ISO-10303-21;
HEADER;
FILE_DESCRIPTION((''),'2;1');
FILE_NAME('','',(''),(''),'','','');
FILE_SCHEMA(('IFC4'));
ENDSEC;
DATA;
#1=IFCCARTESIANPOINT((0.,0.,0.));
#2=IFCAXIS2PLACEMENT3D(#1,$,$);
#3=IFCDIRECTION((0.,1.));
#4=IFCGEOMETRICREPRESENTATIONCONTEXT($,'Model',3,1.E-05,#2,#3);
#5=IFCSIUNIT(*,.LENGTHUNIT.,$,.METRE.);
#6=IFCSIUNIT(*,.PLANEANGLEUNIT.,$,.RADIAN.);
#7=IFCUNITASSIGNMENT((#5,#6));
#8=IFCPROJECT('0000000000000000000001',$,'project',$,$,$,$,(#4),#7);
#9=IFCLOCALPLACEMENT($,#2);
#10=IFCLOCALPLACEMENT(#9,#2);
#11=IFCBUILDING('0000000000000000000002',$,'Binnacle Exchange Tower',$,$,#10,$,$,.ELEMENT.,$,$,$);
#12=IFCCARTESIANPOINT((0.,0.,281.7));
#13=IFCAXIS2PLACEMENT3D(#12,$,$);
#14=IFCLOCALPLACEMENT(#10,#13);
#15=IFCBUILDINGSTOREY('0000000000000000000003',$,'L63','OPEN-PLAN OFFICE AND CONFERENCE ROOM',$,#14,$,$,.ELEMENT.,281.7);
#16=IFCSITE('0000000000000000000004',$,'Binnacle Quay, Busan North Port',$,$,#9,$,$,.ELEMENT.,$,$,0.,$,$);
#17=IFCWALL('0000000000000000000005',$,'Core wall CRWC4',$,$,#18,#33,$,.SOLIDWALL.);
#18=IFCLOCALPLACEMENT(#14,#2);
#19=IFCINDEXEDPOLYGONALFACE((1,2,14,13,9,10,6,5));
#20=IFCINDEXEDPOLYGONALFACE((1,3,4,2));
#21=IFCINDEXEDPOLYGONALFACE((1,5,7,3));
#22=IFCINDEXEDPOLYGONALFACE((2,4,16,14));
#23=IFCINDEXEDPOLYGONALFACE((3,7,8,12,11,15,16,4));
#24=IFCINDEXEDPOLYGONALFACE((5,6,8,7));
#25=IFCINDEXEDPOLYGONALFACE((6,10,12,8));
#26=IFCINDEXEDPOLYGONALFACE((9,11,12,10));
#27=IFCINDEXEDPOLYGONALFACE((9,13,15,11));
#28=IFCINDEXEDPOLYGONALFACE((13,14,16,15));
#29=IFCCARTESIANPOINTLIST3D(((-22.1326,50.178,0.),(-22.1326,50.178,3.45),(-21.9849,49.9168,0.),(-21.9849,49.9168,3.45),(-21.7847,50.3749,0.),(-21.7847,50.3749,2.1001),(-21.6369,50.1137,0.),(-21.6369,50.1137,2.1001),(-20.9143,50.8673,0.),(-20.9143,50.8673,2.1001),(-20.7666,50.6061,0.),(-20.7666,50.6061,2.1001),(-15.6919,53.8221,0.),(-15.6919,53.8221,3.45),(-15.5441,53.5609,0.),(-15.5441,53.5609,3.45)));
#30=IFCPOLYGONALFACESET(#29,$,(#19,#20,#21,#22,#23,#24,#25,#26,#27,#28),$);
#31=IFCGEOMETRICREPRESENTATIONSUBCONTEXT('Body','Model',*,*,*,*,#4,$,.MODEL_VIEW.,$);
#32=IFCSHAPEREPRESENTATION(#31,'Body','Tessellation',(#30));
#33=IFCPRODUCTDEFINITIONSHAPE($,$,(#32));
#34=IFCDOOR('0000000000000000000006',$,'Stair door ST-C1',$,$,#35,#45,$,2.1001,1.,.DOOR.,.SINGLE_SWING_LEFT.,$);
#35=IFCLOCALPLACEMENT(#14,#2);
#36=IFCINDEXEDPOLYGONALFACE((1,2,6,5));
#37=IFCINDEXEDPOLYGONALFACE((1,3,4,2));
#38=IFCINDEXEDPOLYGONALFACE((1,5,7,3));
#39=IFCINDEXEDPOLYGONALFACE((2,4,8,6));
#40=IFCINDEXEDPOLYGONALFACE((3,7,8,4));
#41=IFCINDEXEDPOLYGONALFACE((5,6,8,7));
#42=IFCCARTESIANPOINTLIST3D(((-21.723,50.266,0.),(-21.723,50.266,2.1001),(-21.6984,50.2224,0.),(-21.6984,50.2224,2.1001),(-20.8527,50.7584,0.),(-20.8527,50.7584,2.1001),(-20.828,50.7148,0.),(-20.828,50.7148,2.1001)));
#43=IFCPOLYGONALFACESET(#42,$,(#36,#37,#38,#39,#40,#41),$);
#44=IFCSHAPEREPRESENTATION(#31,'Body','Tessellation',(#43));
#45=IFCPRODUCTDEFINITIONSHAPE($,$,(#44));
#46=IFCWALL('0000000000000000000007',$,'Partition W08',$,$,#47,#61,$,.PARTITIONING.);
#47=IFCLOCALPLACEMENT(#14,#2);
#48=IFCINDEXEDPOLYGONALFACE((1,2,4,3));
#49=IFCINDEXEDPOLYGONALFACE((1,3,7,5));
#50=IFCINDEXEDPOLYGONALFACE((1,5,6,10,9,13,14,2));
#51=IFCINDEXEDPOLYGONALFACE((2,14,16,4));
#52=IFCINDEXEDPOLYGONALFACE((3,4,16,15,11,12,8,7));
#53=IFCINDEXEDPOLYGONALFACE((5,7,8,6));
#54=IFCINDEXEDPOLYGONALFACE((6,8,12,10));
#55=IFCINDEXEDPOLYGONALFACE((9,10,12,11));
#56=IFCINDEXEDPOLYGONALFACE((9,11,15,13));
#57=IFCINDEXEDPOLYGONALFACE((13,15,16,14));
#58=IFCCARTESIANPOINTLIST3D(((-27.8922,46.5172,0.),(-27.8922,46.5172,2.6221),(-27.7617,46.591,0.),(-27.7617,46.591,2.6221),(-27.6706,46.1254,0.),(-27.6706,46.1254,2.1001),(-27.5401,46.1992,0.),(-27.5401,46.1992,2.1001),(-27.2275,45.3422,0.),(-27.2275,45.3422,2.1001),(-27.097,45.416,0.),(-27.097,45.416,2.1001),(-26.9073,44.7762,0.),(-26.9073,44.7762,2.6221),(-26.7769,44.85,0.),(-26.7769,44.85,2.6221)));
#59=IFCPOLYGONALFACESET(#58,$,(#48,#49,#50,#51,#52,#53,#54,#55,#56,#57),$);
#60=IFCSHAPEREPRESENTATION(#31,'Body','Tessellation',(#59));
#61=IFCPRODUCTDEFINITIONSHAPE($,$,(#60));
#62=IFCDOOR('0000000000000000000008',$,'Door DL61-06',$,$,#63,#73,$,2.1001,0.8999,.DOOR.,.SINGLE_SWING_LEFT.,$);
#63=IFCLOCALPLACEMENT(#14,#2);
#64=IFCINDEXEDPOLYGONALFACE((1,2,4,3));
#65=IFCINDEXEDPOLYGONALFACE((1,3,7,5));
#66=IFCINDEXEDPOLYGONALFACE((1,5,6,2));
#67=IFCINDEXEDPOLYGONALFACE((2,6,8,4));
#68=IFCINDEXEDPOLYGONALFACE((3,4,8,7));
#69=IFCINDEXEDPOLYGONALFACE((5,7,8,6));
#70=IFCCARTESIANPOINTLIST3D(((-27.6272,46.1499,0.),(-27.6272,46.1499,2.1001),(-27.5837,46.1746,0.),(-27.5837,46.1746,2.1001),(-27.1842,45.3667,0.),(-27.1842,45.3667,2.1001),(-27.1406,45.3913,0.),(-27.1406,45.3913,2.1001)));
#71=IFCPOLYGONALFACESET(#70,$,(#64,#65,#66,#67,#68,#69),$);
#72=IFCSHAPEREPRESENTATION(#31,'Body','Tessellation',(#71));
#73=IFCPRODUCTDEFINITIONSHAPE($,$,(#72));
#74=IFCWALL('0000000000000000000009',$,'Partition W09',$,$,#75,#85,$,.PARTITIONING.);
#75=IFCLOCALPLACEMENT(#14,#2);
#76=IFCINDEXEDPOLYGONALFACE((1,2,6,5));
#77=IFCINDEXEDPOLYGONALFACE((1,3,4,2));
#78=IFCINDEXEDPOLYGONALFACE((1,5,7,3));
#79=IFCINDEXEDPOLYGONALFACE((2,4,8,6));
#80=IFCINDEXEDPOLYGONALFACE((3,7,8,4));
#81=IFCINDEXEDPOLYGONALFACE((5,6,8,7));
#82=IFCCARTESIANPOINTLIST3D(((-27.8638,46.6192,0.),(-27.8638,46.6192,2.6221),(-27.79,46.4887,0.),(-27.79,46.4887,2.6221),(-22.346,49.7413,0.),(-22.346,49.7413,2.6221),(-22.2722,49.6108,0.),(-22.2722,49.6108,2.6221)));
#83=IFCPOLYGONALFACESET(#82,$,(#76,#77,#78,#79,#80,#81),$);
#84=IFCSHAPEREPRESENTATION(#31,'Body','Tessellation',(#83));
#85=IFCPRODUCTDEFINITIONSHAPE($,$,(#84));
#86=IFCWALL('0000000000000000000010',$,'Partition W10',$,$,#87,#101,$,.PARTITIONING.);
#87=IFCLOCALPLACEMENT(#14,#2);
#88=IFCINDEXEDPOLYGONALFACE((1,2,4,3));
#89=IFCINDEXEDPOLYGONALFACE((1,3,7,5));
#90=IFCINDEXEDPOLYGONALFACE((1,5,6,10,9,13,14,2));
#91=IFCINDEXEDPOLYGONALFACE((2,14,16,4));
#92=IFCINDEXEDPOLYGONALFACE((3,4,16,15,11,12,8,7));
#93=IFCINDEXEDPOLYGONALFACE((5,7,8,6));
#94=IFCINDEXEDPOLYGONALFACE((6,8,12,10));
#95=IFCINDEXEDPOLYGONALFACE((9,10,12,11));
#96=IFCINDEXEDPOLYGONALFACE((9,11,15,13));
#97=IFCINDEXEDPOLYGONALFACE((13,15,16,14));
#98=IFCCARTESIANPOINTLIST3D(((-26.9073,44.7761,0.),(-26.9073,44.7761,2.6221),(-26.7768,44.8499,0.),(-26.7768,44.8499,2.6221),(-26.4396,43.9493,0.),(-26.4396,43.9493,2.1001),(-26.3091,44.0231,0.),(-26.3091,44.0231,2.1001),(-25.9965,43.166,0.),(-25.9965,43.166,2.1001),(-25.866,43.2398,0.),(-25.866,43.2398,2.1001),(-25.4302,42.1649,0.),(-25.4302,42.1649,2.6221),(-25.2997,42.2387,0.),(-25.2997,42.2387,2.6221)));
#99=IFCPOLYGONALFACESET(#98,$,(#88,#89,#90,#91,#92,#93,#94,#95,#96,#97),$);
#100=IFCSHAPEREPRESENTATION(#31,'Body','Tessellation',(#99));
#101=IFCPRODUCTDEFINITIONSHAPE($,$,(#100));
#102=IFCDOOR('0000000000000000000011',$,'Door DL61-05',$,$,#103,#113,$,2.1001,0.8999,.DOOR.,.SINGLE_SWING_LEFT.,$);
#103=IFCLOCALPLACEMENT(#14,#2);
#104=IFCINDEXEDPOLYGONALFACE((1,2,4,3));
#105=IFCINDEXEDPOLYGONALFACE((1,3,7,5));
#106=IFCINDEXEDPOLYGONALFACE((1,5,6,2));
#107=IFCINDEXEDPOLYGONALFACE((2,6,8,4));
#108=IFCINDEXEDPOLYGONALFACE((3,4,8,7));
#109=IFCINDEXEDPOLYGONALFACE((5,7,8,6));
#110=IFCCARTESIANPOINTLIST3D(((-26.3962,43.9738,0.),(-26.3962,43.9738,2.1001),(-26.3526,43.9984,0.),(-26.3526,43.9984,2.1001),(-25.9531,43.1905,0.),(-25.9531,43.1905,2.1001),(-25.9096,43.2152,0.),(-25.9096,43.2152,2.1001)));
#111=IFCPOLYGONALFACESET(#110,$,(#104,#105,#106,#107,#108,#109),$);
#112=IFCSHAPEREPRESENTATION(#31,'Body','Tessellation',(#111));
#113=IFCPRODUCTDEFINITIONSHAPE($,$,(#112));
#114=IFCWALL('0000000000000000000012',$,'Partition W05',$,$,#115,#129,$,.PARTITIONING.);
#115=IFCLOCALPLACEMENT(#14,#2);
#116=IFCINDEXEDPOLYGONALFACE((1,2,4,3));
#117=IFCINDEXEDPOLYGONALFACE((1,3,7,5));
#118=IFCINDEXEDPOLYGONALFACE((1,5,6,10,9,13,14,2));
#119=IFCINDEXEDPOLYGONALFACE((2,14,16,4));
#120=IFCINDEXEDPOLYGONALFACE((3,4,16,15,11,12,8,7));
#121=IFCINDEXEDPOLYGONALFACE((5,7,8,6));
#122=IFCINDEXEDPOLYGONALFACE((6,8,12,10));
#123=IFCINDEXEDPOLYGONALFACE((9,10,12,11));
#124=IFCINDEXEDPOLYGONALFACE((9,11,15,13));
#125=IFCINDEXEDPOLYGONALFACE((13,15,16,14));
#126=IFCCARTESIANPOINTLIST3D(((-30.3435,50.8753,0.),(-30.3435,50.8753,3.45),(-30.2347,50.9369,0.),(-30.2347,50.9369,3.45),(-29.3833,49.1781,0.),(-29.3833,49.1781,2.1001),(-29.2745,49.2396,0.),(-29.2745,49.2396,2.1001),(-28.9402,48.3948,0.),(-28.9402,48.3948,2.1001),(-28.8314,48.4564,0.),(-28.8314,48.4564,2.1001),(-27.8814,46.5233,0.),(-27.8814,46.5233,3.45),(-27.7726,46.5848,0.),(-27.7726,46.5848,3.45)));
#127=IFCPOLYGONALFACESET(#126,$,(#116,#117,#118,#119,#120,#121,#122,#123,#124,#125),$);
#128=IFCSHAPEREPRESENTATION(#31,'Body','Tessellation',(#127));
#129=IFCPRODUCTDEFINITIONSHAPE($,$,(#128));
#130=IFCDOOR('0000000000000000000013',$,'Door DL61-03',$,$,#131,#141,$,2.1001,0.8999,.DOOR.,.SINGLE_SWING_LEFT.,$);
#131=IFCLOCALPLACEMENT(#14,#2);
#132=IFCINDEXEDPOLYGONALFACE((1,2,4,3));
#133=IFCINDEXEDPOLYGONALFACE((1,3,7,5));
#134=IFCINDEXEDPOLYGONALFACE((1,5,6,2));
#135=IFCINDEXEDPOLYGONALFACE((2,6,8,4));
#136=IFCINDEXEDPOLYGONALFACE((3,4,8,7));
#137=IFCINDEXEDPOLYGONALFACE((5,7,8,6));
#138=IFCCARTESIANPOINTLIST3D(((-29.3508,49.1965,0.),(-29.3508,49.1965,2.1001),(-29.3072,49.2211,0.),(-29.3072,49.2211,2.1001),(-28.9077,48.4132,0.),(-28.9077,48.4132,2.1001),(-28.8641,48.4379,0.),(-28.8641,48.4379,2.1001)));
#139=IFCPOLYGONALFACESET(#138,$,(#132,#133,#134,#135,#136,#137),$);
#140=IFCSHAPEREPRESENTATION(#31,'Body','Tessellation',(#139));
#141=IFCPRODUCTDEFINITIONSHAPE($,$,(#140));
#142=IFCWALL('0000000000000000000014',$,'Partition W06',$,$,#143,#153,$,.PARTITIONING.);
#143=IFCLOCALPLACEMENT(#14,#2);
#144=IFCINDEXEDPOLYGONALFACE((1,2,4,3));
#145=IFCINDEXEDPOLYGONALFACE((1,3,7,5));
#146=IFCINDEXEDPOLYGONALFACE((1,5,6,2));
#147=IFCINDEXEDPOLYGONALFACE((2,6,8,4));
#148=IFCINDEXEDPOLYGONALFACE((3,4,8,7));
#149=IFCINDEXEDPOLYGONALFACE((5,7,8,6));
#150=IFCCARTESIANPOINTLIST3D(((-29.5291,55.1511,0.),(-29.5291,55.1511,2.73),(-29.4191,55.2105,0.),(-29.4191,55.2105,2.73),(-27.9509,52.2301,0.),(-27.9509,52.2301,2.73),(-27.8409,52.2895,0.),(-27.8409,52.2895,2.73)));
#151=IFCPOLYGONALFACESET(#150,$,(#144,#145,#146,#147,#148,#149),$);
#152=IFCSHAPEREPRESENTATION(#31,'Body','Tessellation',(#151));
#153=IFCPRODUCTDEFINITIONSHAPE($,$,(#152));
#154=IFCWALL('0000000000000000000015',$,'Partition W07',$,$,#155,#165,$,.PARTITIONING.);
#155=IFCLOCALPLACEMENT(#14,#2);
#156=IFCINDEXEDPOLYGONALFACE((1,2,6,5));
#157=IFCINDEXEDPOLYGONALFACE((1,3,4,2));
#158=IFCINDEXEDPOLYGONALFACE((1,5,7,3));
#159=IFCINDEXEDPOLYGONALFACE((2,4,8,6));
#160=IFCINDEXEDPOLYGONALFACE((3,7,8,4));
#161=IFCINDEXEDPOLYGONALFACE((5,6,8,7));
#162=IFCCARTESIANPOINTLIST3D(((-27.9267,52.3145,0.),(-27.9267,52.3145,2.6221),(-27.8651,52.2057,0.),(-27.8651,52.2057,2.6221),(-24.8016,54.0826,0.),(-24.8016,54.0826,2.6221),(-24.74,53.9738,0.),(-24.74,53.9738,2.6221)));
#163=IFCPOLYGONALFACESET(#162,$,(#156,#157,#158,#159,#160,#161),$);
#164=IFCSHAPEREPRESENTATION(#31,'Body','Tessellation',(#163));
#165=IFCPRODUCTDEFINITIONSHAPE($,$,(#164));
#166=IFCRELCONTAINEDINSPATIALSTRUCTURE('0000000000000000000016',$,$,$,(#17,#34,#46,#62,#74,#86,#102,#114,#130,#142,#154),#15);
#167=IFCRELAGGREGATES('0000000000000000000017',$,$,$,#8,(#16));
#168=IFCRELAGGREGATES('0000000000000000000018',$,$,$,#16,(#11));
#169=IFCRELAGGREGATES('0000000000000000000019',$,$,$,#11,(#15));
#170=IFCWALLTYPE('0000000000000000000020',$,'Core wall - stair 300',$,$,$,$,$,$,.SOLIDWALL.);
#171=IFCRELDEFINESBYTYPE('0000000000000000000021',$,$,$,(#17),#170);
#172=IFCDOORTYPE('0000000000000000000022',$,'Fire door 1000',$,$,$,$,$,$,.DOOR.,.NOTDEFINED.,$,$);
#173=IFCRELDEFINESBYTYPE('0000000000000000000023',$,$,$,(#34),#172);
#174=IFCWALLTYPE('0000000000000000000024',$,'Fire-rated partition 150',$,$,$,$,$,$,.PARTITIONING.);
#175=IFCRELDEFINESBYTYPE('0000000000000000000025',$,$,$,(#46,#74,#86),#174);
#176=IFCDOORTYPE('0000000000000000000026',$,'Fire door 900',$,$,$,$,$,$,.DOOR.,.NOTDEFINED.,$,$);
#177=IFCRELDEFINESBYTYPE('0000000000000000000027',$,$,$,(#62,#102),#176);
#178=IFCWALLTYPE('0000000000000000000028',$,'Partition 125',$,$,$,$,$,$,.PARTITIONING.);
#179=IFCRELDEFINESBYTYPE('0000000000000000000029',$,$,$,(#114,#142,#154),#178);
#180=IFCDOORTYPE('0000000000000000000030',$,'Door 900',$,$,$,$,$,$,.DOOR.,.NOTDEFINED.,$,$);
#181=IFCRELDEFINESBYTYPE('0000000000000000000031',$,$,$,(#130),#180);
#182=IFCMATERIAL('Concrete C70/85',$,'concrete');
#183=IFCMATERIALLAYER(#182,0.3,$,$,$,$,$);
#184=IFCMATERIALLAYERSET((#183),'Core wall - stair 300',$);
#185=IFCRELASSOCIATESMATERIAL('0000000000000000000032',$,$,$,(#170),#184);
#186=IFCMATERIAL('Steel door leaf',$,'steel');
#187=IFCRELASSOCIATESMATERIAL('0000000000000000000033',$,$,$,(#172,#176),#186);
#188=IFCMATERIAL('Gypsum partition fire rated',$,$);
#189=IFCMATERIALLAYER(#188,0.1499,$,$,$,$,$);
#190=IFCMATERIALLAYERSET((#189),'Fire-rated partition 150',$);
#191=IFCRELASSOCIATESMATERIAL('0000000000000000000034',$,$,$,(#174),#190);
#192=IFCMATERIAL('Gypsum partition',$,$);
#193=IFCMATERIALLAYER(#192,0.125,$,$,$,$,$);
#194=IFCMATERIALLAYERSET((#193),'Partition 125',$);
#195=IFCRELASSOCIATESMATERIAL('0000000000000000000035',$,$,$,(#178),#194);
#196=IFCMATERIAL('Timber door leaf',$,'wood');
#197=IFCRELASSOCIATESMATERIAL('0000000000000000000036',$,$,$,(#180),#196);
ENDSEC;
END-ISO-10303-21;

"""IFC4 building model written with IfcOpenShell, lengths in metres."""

from ifc_helpers import new_model, si_unit, direction, frame, frame_2d, origin, place, context, subcontext, project, spatial, rectangle, extrude, material, layer, layer_set, type_object, element, fill, save


model = new_model("IFC4")

# Units and contexts
model_context = context("Model", 3, precision=1e-05, world=origin(), true_north=direction((0.0, 1.0)))
body_context = subcontext(model_context, "Body", "Model", "MODEL_VIEW")
ifc_project = project(units=[si_unit("LENGTHUNIT", "METRE"), si_unit("PLANEANGLEUNIT", "RADIAN")], contexts=[model_context])

# Site, building, storey
site_placement = place(None, origin())
site = spatial("IfcSite", under=ifc_project, at=site_placement, Name="Binnacle Quay, Busan North Port", CompositionType="ELEMENT", RefElevation=0.0)
building_placement = place(site_placement, origin())
building = spatial("IfcBuilding", under=site, at=building_placement, Name="Binnacle Exchange Tower", CompositionType="ELEMENT")
storey_placement = place(building_placement, frame((0.0, 0.0, 281.7)))
storey = spatial("IfcBuildingStorey", under=building, at=storey_placement, Name="L63", Description="OPEN-PLAN OFFICE AND CONFERENCE ROOM", CompositionType="ELEMENT", Elevation=281.7)

# Shared definitions
ifc_material_1 = material(Name="Concrete C70/85", Category="concrete")

# Walls, openings, doors
ifc_layer_1 = layer(ifc_material_1, 0.3)
ifc_layer_set_1 = layer_set([ifc_layer_1], Name="Core wall - stair 300")
wall_type_1 = type_object("IfcWallType", Name="Core wall - stair 300", PredefinedType="SOLIDWALL", material=ifc_layer_set_1)
wall_1_placement = place(storey_placement, frame((-22.0588, 50.0474, 0.0), z_axis=(0.0, 0.0, 1.0), x_axis=(0.870351, 0.492432, 0.0)))
wall_1 = element("IfcWall", 1, at=wall_1_placement, inside=storey, type_object=wall_type_1, Name="Core wall CRWC4", PredefinedType="SOLIDWALL", context=body_context, shape_type="SweptSolid", body=[
    extrude(rectangle(XDim=7.4001, YDim=0.3, at=frame_2d((3.7002, 0.0))), origin(), (0.0, 0.0, 1.0), 3.45),
])
opening_1_placement = place(wall_1_placement, frame((0.3999, 0.0, 0.0)))
opening_1 = element("IfcOpeningElement", 2, at=opening_1_placement, cuts=wall_1, PredefinedType="OPENING", context=body_context, shape_type="SweptSolid", body=[
    extrude(rectangle(XDim=1.0, YDim=2.1001, at=frame_2d((0.5, 1.05))), frame((0.0, 0.1599, 0.0), z_axis=(0.0, -1.0, 0.0), x_axis=(1.0, 0.0, 0.0)), (0.0, 0.0, 1.0), 0.3201),
])
ifc_material_2 = material(Name="Steel door leaf", Category="steel")
door_type_1 = type_object("IfcDoorType", Name="Fire door 1000", OperationType="NOTDEFINED", PredefinedType="DOOR", material=ifc_material_2)
door_1_placement = place(opening_1_placement, origin())
door_1 = element("IfcDoor", 3, at=door_1_placement, inside=storey, type_object=door_type_1, Name="Stair door ST-C1", OperationType="SINGLE_SWING_LEFT", OverallHeight=2.1001, OverallWidth=1.0, PredefinedType="DOOR", context=body_context, shape_type="SweptSolid", body=[
    extrude(rectangle(XDim=1.0, YDim=2.1001, at=frame_2d((0.5, 1.05))), frame((0.0, 0.0249, 0.0), z_axis=(0.0, -1.0, 0.0), x_axis=(1.0, 0.0, 0.0)), (0.0, 0.0, 1.0), 0.05),
])
fill(opening_1, door_1)
ifc_material_3 = material(Name="Gypsum partition fire rated")
ifc_layer_2 = layer(ifc_material_3, 0.1499)
ifc_layer_set_2 = layer_set([ifc_layer_2], Name="Fire-rated partition 150")
wall_type_2 = type_object("IfcWallType", Name="Fire-rated partition 150", PredefinedType="PARTITIONING", material=ifc_layer_set_2)
wall_2_placement = place(storey_placement, frame((-27.8269, 46.554, 0.0), z_axis=(0.0, 0.0, 1.0), x_axis=(0.492375, -0.870383, 0.0)))
wall_2 = element("IfcWall", 4, at=wall_2_placement, inside=storey, type_object=wall_type_2, Name="Partition W08", PredefinedType="PARTITIONING", context=body_context, shape_type="SweptSolid", body=[
    extrude(rectangle(XDim=2.0002, YDim=0.1499, at=frame_2d((1.0, 0.0))), origin(), (0.0, 0.0, 1.0), 2.6221),
])
opening_2_placement = place(wall_2_placement, frame((0.45, 0.0, 0.0)))
opening_2 = element("IfcOpeningElement", 5, at=opening_2_placement, cuts=wall_2, PredefinedType="OPENING", context=body_context, shape_type="SweptSolid", body=[
    extrude(rectangle(XDim=0.8999, YDim=2.1001, at=frame_2d((0.45, 1.05))), frame((0.0, 0.085, 0.0), z_axis=(0.0, -1.0, 0.0), x_axis=(1.0, 0.0, 0.0)), (0.0, 0.0, 1.0), 0.1699),
])
door_type_2 = type_object("IfcDoorType", Name="Fire door 900", OperationType="NOTDEFINED", PredefinedType="DOOR", material=ifc_material_2)
door_2_placement = place(opening_2_placement, origin())
door_2 = element("IfcDoor", 6, at=door_2_placement, inside=storey, type_object=door_type_2, Name="Door DL61-06", OperationType="SINGLE_SWING_LEFT", OverallHeight=2.1001, OverallWidth=0.8999, PredefinedType="DOOR", context=body_context, shape_type="SweptSolid", body=[
    extrude(rectangle(XDim=0.8999, YDim=2.1001, at=frame_2d((0.45, 1.05))), frame((0.0, 0.0249, 0.0), z_axis=(0.0, -1.0, 0.0), x_axis=(1.0, 0.0, 0.0)), (0.0, 0.0, 1.0), 0.05),
])
fill(opening_2, door_2)

# Wall
wall_3_placement = place(storey_placement, frame((-27.8269, 46.554, 0.0), z_axis=(0.0, 0.0, 1.0), x_axis=(0.87034, 0.492452, 0.0)))
element("IfcWall", 7, at=wall_3_placement, inside=storey, type_object=wall_type_2, Name="Partition W09", PredefinedType="PARTITIONING", context=body_context, shape_type="SweptSolid", body=[
    extrude(rectangle(XDim=6.3398, YDim=0.1499, at=frame_2d((3.1699, 0.0))), origin(), (0.0, 0.0, 1.0), 2.6221),
])

# Walls, openings, doors
wall_4_placement = place(storey_placement, frame((-26.842, 44.813, 0.0), z_axis=(0.0, 0.0, 1.0), x_axis=(0.492366, -0.870388, 0.0)))
wall_4 = element("IfcWall", 8, at=wall_4_placement, inside=storey, type_object=wall_type_2, Name="Partition W10", PredefinedType="PARTITIONING", context=body_context, shape_type="SweptSolid", body=[
    extrude(rectangle(XDim=3.0, YDim=0.1499, at=frame_2d((1.5, 0.0))), origin(), (0.0, 0.0, 1.0), 2.6221),
])
opening_3_placement = place(wall_4_placement, frame((0.95, 0.0, 0.0)))
opening_3 = element("IfcOpeningElement", 9, at=opening_3_placement, cuts=wall_4, PredefinedType="OPENING", context=body_context, shape_type="SweptSolid", body=[
    extrude(rectangle(XDim=0.8999, YDim=2.1001, at=frame_2d((0.45, 1.05))), frame((0.0, 0.085, 0.0), z_axis=(0.0, -1.0, 0.0), x_axis=(1.0, 0.0, 0.0)), (0.0, 0.0, 1.0), 0.1699),
])
door_3_placement = place(opening_3_placement, origin())
door_3 = element("IfcDoor", 10, at=door_3_placement, inside=storey, type_object=door_type_2, Name="Door DL61-05", OperationType="SINGLE_SWING_LEFT", OverallHeight=2.1001, OverallWidth=0.8999, PredefinedType="DOOR", context=body_context, shape_type="SweptSolid", body=[
    extrude(rectangle(XDim=0.8999, YDim=2.1001, at=frame_2d((0.45, 1.05))), frame((0.0, 0.0249, 0.0), z_axis=(0.0, -1.0, 0.0), x_axis=(1.0, 0.0, 0.0)), (0.0, 0.0, 1.0), 0.05),
])
fill(opening_3, door_3)
ifc_material_4 = material(Name="Gypsum partition")
ifc_layer_3 = layer(ifc_material_4, 0.125)
ifc_layer_set_3 = layer_set([ifc_layer_3], Name="Partition 125")
wall_type_3 = type_object("IfcWallType", Name="Partition 125", PredefinedType="PARTITIONING", material=ifc_layer_set_3)
wall_5_placement = place(storey_placement, frame((-30.2891, 50.906, 0.0), z_axis=(0.0, 0.0, 1.0), x_axis=(0.492406, -0.870365, 0.0)))
wall_5 = element("IfcWall", 11, at=wall_5_placement, inside=storey, type_object=wall_type_3, Name="Partition W05", PredefinedType="PARTITIONING", context=body_context, shape_type="SweptSolid", body=[
    extrude(rectangle(XDim=5.0002, YDim=0.125, at=frame_2d((2.5, 0.0))), origin(), (0.0, 0.0, 1.0), 3.45),
])
opening_4_placement = place(wall_5_placement, frame((1.95, 0.0, 0.0)))
opening_4 = element("IfcOpeningElement", 12, at=opening_4_placement, cuts=wall_5, PredefinedType="OPENING", context=body_context, shape_type="SweptSolid", body=[
    extrude(rectangle(XDim=0.8999, YDim=2.1001, at=frame_2d((0.45, 1.05))), frame((0.0, 0.0725, 0.0), z_axis=(0.0, -1.0, 0.0), x_axis=(1.0, 0.0, 0.0)), (0.0, 0.0, 1.0), 0.145),
])
ifc_material_5 = material(Name="Timber door leaf", Category="wood")
door_type_3 = type_object("IfcDoorType", Name="Door 900", OperationType="NOTDEFINED", PredefinedType="DOOR", material=ifc_material_5)
door_4_placement = place(opening_4_placement, origin())
door_4 = element("IfcDoor", 13, at=door_4_placement, inside=storey, type_object=door_type_3, Name="Door DL61-03", OperationType="SINGLE_SWING_LEFT", OverallHeight=2.1001, OverallWidth=0.8999, PredefinedType="DOOR", context=body_context, shape_type="SweptSolid", body=[
    extrude(rectangle(XDim=0.8999, YDim=2.1001, at=frame_2d((0.45, 1.05))), frame((0.0, 0.0249, 0.0), z_axis=(0.0, -1.0, 0.0), x_axis=(1.0, 0.0, 0.0)), (0.0, 0.0, 1.0), 0.05),
])
fill(opening_4, door_4)

# Walls
wall_6_placement = place(storey_placement, frame((-29.4741, 55.1809, 0.0), z_axis=(0.0, 0.0, 1.0), x_axis=(0.475345, -0.8798, 0.0)))
element("IfcWall", 14, at=wall_6_placement, inside=storey, type_object=wall_type_3, Name="Partition W06", PredefinedType="PARTITIONING", context=body_context, shape_type="SweptSolid", body=[
    extrude(rectangle(XDim=3.3201, YDim=0.125, at=frame_2d((1.6602, 0.0))), origin(), (0.0, 0.0, 1.0), 2.73),
])
wall_7_placement = place(storey_placement, frame((-27.896, 52.26, 0.0), z_axis=(0.0, 0.0, 1.0), x_axis=(0.870353, 0.492429, 0.0)))
element("IfcWall", 15, at=wall_7_placement, inside=storey, type_object=wall_type_3, Name="Partition W07", PredefinedType="PARTITIONING", context=body_context, shape_type="SweptSolid", body=[
    extrude(rectangle(XDim=3.5906, YDim=0.125, at=frame_2d((1.7954, 0.0))), origin(), (0.0, 0.0, 1.0), 2.6221),
])

save(model, "model.ifc")
